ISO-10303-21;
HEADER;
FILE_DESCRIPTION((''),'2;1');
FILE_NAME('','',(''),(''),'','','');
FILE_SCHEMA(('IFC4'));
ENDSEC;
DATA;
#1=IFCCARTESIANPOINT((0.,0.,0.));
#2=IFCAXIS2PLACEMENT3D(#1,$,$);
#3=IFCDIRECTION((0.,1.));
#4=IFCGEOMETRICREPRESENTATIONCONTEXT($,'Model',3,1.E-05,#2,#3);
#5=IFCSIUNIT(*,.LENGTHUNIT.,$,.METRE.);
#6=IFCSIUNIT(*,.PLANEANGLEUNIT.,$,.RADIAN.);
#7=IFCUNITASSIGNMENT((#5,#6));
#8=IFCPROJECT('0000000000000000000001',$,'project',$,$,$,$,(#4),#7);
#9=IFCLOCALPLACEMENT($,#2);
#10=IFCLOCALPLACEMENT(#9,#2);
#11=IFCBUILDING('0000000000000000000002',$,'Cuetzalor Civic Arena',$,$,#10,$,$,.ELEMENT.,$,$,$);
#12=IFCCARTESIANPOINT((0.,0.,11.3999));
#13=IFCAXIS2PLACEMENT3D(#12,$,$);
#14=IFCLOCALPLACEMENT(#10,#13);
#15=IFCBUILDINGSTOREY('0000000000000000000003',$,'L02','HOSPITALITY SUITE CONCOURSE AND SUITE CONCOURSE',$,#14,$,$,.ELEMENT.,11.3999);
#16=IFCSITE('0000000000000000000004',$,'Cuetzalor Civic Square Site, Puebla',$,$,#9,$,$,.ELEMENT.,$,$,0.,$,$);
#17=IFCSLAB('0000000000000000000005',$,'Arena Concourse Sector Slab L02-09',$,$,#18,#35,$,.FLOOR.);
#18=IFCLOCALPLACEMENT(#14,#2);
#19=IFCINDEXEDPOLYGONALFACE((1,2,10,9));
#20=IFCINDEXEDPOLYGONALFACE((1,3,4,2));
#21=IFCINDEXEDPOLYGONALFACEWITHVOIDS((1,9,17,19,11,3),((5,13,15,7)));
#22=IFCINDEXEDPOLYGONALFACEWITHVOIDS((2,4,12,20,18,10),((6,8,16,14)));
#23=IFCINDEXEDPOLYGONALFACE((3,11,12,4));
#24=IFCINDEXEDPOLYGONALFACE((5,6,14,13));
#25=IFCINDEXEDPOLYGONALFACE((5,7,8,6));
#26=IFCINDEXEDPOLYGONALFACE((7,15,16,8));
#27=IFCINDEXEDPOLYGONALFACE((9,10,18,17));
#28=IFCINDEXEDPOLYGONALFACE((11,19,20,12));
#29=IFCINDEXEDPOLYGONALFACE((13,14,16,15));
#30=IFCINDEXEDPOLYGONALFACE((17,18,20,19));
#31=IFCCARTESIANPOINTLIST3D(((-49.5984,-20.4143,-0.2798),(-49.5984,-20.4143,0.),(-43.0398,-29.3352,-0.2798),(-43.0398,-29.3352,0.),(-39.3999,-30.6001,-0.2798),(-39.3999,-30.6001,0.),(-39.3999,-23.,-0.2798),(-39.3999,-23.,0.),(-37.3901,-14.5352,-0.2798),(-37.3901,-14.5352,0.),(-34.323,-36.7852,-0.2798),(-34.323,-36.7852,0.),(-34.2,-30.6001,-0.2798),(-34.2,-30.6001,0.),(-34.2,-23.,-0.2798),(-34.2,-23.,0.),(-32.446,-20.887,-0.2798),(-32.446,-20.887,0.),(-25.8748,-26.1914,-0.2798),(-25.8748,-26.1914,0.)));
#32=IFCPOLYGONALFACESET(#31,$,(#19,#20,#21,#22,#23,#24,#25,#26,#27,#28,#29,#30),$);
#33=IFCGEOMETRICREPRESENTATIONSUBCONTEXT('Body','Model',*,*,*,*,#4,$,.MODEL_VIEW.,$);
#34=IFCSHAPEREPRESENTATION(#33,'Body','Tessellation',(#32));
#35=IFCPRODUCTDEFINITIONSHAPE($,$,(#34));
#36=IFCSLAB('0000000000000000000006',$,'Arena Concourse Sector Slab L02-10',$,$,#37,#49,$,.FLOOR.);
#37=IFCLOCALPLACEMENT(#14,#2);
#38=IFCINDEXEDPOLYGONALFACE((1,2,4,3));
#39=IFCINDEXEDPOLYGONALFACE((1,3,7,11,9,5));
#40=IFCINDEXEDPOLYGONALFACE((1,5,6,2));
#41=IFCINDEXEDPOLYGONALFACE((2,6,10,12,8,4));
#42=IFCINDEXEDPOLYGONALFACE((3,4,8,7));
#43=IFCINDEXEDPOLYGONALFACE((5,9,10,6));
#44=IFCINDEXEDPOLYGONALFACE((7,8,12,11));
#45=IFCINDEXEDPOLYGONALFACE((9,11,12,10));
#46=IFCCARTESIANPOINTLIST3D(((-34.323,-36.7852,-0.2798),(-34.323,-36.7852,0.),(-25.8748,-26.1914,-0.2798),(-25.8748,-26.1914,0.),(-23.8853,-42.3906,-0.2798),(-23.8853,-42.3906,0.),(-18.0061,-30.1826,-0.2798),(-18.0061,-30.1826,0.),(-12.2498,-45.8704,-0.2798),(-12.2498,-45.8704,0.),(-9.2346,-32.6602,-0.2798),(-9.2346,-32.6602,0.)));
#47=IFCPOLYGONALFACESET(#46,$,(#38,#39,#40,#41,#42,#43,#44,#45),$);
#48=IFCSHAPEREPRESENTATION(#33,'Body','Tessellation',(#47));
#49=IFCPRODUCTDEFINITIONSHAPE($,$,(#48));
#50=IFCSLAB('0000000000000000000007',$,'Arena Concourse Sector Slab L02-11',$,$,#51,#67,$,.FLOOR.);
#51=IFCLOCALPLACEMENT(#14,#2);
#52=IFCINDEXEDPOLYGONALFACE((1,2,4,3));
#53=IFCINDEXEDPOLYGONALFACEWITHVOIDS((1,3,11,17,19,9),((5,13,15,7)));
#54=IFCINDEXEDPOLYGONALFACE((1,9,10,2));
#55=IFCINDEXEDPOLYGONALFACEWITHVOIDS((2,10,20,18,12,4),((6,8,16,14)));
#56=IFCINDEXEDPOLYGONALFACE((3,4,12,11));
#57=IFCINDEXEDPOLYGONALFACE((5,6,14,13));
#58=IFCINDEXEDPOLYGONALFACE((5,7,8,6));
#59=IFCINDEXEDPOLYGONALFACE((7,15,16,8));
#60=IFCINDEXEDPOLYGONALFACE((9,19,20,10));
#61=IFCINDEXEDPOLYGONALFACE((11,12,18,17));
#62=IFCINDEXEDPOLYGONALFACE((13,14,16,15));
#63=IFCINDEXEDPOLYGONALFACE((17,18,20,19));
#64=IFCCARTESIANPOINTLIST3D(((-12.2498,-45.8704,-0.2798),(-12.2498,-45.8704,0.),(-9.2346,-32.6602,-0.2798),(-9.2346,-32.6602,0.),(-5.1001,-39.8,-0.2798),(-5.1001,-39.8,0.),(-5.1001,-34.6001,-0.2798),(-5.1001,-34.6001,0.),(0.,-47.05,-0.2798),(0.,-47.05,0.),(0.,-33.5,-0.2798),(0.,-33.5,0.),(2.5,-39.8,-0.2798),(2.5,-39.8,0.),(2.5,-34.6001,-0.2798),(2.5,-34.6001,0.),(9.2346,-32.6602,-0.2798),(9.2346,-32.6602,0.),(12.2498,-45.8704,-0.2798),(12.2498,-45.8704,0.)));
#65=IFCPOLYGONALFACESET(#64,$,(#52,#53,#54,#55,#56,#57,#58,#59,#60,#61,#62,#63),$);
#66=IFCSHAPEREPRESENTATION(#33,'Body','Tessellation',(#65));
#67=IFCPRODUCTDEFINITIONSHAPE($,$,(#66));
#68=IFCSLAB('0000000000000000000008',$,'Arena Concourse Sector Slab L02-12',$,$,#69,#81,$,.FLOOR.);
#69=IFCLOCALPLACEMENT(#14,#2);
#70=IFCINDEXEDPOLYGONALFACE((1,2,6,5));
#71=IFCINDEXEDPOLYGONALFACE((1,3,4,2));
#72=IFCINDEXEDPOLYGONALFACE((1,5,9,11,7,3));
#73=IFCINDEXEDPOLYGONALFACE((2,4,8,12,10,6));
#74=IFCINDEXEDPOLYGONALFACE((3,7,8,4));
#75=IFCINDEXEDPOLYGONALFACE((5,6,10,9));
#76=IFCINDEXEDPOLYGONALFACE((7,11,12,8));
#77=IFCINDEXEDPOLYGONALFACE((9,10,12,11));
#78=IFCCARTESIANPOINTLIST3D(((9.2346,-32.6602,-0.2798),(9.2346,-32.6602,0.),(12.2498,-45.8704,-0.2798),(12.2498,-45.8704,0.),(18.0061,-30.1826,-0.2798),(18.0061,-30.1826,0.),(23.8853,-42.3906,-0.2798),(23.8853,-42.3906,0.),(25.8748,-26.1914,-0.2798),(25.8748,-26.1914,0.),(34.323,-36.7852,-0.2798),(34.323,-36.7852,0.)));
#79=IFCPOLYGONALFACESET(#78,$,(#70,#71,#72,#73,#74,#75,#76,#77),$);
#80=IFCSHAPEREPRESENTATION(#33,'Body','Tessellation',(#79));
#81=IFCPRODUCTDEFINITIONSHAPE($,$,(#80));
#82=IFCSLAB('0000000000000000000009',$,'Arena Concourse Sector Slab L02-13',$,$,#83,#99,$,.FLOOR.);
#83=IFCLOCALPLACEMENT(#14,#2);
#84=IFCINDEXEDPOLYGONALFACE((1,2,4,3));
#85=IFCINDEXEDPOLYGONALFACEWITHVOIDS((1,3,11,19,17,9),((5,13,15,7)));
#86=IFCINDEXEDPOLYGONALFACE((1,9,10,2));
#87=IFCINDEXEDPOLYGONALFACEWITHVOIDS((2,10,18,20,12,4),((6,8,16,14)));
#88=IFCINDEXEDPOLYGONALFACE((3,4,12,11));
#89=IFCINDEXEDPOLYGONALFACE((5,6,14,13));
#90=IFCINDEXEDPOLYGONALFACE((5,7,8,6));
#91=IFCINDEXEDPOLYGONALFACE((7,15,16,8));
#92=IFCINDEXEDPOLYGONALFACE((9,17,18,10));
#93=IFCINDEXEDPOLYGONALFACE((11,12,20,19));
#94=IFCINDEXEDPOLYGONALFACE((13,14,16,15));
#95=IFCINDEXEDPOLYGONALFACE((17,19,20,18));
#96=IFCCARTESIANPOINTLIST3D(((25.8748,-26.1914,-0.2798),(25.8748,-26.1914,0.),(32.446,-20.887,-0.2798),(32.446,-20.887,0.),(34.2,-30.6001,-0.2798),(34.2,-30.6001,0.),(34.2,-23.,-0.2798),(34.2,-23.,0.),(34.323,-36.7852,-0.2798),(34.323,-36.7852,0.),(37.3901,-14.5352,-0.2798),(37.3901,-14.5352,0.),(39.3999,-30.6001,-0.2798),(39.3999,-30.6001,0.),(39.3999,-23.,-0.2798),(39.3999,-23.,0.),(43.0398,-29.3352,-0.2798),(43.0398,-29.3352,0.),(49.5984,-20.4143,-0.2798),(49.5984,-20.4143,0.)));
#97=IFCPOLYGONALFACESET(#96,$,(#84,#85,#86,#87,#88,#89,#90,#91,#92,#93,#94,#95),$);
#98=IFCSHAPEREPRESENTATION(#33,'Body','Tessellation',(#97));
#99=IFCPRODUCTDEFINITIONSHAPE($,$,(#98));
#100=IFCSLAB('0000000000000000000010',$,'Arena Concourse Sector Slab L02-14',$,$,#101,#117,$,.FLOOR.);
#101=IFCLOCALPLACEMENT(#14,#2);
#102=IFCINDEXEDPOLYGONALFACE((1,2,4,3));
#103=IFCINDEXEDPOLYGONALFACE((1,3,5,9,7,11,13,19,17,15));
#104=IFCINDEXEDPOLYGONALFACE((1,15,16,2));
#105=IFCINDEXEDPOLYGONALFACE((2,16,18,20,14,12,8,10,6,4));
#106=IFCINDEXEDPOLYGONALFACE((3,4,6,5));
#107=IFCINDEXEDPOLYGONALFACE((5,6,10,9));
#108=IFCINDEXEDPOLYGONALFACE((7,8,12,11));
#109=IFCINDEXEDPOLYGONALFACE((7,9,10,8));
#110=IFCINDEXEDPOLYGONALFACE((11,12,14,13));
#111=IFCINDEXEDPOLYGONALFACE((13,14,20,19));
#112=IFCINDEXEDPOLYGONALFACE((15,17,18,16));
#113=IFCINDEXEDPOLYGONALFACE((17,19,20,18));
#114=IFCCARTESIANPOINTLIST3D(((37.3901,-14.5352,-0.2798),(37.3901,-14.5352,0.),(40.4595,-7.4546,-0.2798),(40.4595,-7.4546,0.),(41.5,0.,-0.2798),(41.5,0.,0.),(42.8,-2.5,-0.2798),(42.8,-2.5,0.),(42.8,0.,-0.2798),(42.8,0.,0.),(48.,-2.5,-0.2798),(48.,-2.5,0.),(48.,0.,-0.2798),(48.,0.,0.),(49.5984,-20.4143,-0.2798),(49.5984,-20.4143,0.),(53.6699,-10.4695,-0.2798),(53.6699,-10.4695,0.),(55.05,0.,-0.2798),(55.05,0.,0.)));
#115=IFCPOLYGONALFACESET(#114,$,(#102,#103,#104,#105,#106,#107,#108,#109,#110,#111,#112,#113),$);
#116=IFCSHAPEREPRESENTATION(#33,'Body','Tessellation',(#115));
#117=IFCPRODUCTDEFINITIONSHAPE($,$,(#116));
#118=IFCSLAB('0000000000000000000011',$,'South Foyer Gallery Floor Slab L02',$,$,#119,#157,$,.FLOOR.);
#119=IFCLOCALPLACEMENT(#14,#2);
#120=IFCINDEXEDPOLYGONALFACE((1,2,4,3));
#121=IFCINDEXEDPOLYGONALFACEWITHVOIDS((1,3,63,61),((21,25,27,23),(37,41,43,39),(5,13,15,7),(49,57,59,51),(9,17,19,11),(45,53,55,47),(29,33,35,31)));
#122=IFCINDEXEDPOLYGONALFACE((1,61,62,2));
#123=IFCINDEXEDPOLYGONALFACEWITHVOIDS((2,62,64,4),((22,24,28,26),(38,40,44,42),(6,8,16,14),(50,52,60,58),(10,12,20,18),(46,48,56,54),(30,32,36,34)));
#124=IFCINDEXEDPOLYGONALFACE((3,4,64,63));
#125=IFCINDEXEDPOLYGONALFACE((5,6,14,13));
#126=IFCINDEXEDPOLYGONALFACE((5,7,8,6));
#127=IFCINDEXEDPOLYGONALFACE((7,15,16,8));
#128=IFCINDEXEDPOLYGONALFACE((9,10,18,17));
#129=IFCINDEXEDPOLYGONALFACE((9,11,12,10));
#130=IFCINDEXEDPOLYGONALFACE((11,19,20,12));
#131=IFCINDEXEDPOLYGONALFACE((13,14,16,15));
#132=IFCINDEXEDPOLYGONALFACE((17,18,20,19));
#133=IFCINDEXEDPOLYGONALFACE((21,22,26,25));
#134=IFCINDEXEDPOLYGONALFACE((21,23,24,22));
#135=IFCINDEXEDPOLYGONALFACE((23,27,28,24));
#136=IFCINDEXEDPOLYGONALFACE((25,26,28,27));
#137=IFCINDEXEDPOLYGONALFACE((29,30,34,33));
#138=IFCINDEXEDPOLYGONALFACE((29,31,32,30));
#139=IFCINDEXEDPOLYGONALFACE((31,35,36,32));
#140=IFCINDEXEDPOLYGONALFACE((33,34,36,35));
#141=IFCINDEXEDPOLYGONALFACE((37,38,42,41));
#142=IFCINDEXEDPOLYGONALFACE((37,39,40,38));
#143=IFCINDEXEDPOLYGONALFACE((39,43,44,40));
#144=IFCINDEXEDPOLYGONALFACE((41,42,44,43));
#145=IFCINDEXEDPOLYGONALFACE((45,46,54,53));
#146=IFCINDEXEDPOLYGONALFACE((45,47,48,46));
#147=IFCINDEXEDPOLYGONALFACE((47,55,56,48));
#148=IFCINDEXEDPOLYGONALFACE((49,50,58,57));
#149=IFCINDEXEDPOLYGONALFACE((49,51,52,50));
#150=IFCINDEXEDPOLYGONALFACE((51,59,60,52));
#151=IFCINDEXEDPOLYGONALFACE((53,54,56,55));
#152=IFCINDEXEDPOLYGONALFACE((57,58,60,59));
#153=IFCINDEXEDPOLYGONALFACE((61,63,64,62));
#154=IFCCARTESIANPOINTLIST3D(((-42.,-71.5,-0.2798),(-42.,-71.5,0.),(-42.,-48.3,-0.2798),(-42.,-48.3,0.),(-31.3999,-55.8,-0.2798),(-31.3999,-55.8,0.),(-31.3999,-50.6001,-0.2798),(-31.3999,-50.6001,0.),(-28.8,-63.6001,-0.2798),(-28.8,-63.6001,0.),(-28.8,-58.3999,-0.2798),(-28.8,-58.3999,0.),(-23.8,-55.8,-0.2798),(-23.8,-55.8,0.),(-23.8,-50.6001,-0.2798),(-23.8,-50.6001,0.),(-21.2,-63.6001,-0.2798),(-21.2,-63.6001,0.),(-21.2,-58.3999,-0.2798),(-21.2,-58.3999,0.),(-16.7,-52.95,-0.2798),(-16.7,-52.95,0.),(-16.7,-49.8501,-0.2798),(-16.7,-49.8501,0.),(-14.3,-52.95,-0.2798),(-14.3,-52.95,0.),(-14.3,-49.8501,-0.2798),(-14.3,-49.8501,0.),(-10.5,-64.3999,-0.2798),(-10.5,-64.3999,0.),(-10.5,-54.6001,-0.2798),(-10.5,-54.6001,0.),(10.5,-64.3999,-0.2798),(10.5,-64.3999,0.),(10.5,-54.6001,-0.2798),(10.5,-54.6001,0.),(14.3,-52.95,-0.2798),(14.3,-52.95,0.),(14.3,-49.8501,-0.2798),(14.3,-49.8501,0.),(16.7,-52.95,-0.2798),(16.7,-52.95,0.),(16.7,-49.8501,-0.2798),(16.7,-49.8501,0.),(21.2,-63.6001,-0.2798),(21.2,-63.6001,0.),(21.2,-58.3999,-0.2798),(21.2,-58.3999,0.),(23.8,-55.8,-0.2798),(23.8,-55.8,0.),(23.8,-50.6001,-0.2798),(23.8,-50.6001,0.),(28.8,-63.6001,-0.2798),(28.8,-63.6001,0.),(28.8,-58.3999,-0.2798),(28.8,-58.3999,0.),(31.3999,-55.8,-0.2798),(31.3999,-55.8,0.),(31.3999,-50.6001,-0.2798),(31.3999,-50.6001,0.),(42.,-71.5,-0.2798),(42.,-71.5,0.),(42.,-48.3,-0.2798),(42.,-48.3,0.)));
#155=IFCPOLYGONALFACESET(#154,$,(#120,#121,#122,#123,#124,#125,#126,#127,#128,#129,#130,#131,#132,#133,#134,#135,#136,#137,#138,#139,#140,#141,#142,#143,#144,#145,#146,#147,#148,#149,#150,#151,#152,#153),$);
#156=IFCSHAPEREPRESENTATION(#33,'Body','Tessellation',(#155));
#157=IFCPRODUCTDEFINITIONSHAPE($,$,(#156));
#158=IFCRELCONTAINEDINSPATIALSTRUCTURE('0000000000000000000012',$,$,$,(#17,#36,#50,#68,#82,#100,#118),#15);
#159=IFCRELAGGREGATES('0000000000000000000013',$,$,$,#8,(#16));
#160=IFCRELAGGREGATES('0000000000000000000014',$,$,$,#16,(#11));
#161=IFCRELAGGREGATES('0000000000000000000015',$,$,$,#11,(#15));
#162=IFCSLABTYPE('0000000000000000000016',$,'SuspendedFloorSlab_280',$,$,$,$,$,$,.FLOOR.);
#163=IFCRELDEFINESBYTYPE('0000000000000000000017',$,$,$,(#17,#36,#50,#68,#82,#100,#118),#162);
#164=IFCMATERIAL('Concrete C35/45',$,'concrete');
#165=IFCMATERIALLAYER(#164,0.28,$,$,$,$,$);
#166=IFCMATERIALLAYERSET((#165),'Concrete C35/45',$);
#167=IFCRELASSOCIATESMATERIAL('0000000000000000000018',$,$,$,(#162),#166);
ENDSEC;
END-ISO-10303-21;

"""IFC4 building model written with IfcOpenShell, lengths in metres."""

from ifc_helpers import new_model, si_unit, direction, frame, origin, place, context, subcontext, project, spatial, polyline, outline, extrude, material, layer, layer_set, type_object, element, save


model = new_model("IFC4")

# Units and contexts
model_context = context("Model", 3, precision=1e-05, world=origin(), true_north=direction((0.0, 1.0)))
body_context = subcontext(model_context, "Body", "Model", "MODEL_VIEW")
ifc_project = project(units=[si_unit("LENGTHUNIT", "METRE"), si_unit("PLANEANGLEUNIT", "RADIAN")], contexts=[model_context])

# Site, building, storey
site_placement = place(None, origin())
site = spatial("IfcSite", under=ifc_project, at=site_placement, Name="Cuetzalor Civic Square Site, Puebla", CompositionType="ELEMENT", RefElevation=0.0)
building_placement = place(site_placement, origin())
building = spatial("IfcBuilding", under=site, at=building_placement, Name="Cuetzalor Civic Arena", CompositionType="ELEMENT")
storey_placement = place(building_placement, frame((0.0, 0.0, 11.3999)))
storey = spatial("IfcBuildingStorey", under=building, at=storey_placement, Name="L02", Description="HOSPITALITY SUITE CONCOURSE AND SUITE CONCOURSE", CompositionType="ELEMENT", Elevation=11.3999)

# Slabs
ifc_material_1 = material(Name="Concrete C35/45", Category="concrete")
ifc_layer_1 = layer(ifc_material_1, 0.28)
ifc_layer_set_1 = layer_set([ifc_layer_1], Name="Concrete C35/45")
slab_type_1 = type_object("IfcSlabType", Name="SuspendedFloorSlab_280", PredefinedType="FLOOR", material=ifc_layer_set_1)
slab_1_placement = place(storey_placement, frame((0.0, 0.0, -0.2798)))
element("IfcSlab", 1, at=slab_1_placement, inside=storey, type_object=slab_type_1, Name="Arena Concourse Sector Slab L02-09", PredefinedType="FLOOR", context=body_context, shape_type="SweptSolid", body=[
    extrude(outline(polyline([(-32.446, -20.887), (-25.8748, -26.1914), (-34.323, -36.7852), (-43.0398, -29.3352), (-49.5984, -20.4143), (-37.3901, -14.5352), (-32.446, -20.887)]), holes=[polyline([(-34.2, -30.6001), (-34.2, -23.0), (-39.3999, -23.0), (-39.3999, -30.6001), (-34.2, -30.6001)])]), origin(), (0.0, 0.0, 1.0), 0.2798),
])
slab_2_placement = place(storey_placement, frame((0.0, 0.0, -0.2798)))
element("IfcSlab", 2, at=slab_2_placement, inside=storey, type_object=slab_type_1, Name="Arena Concourse Sector Slab L02-10", PredefinedType="FLOOR", context=body_context, shape_type="SweptSolid", body=[
    extrude(outline(polyline([(-25.8748, -26.1914), (-18.0061, -30.1826), (-9.2346, -32.6602), (-12.2498, -45.8704), (-23.8853, -42.3906), (-34.323, -36.7852), (-25.8748, -26.1914)])), origin(), (0.0, 0.0, 1.0), 0.2798),
])
slab_3_placement = place(storey_placement, frame((0.0, 0.0, -0.2798)))
element("IfcSlab", 3, at=slab_3_placement, inside=storey, type_object=slab_type_1, Name="Arena Concourse Sector Slab L02-11", PredefinedType="FLOOR", context=body_context, shape_type="SweptSolid", body=[
    extrude(outline(polyline([(0.0, -33.5), (9.2346, -32.6602), (12.2498, -45.8704), (0.0, -47.05), (-12.2498, -45.8704), (-9.2346, -32.6602), (0.0, -33.5)]), holes=[polyline([(2.5, -39.8), (2.5, -34.6001), (-5.1001, -34.6001), (-5.1001, -39.8), (2.5, -39.8)])]), origin(), (0.0, 0.0, 1.0), 0.2798),
])
slab_4_placement = place(storey_placement, frame((0.0, 0.0, -0.2798)))
element("IfcSlab", 4, at=slab_4_placement, inside=storey, type_object=slab_type_1, Name="Arena Concourse Sector Slab L02-12", PredefinedType="FLOOR", context=body_context, shape_type="SweptSolid", body=[
    extrude(outline(polyline([(9.2346, -32.6602), (18.0061, -30.1826), (25.8748, -26.1914), (34.323, -36.7852), (23.8853, -42.3906), (12.2498, -45.8704), (9.2346, -32.6602)])), origin(), (0.0, 0.0, 1.0), 0.2798),
])
slab_5_placement = place(storey_placement, frame((0.0, 0.0, -0.2798)))
element("IfcSlab", 5, at=slab_5_placement, inside=storey, type_object=slab_type_1, Name="Arena Concourse Sector Slab L02-13", PredefinedType="FLOOR", context=body_context, shape_type="SweptSolid", body=[
    extrude(outline(polyline([(32.446, -20.887), (37.3901, -14.5352), (49.5984, -20.4143), (43.0398, -29.3352), (34.323, -36.7852), (25.8748, -26.1914), (32.446, -20.887)]), holes=[polyline([(39.3999, -30.6001), (39.3999, -23.0), (34.2, -23.0), (34.2, -30.6001), (39.3999, -30.6001)])]), origin(), (0.0, 0.0, 1.0), 0.2798),
])
slab_6_placement = place(storey_placement, frame((0.0, 0.0, -0.2798)))
element("IfcSlab", 6, at=slab_6_placement, inside=storey, type_object=slab_type_1, Name="Arena Concourse Sector Slab L02-14", PredefinedType="FLOOR", context=body_context, shape_type="SweptSolid", body=[
    extrude(outline(polyline([(40.4595, -7.4546), (41.5, 0.0), (42.8, 0.0), (42.8, -2.5), (48.0, -2.5), (48.0, 0.0), (55.05, 0.0), (53.6699, -10.4695), (49.5984, -20.4143), (37.3901, -14.5352), (40.4595, -7.4546)])), origin(), (0.0, 0.0, 1.0), 0.2798),
])
slab_7_placement = place(storey_placement, frame((0.0, 0.0, -0.2798)))
element("IfcSlab", 7, at=slab_7_placement, inside=storey, type_object=slab_type_1, Name="South Foyer Gallery Floor Slab L02", PredefinedType="FLOOR", context=body_context, shape_type="SweptSolid", body=[
    extrude(outline(polyline([(-42.0, -71.5), (42.0, -71.5), (42.0, -48.3), (-42.0, -48.3), (-42.0, -71.5)]), holes=[polyline([(-28.8, -63.6001), (-21.2, -63.6001), (-21.2, -58.3999), (-28.8, -58.3999), (-28.8, -63.6001)]), polyline([(-31.3999, -55.8), (-23.8, -55.8), (-23.8, -50.6001), (-31.3999, -50.6001), (-31.3999, -55.8)]), polyline([(23.8, -55.8), (31.3999, -55.8), (31.3999, -50.6001), (23.8, -50.6001), (23.8, -55.8)]), polyline([(21.2, -63.6001), (28.8, -63.6001), (28.8, -58.3999), (21.2, -58.3999), (21.2, -63.6001)]), polyline([(-16.7, -52.95), (-14.3, -52.95), (-14.3, -49.8501), (-16.7, -49.8501), (-16.7, -52.95)]), polyline([(14.3, -52.95), (16.7, -52.95), (16.7, -49.8501), (14.3, -49.8501), (14.3, -52.95)]), polyline([(-10.5, -64.3999), (10.5, -64.3999), (10.5, -54.6001), (-10.5, -54.6001), (-10.5, -64.3999)])]), origin(), (0.0, 0.0, 1.0), 0.2798),
])

save(model, "model.ifc")
